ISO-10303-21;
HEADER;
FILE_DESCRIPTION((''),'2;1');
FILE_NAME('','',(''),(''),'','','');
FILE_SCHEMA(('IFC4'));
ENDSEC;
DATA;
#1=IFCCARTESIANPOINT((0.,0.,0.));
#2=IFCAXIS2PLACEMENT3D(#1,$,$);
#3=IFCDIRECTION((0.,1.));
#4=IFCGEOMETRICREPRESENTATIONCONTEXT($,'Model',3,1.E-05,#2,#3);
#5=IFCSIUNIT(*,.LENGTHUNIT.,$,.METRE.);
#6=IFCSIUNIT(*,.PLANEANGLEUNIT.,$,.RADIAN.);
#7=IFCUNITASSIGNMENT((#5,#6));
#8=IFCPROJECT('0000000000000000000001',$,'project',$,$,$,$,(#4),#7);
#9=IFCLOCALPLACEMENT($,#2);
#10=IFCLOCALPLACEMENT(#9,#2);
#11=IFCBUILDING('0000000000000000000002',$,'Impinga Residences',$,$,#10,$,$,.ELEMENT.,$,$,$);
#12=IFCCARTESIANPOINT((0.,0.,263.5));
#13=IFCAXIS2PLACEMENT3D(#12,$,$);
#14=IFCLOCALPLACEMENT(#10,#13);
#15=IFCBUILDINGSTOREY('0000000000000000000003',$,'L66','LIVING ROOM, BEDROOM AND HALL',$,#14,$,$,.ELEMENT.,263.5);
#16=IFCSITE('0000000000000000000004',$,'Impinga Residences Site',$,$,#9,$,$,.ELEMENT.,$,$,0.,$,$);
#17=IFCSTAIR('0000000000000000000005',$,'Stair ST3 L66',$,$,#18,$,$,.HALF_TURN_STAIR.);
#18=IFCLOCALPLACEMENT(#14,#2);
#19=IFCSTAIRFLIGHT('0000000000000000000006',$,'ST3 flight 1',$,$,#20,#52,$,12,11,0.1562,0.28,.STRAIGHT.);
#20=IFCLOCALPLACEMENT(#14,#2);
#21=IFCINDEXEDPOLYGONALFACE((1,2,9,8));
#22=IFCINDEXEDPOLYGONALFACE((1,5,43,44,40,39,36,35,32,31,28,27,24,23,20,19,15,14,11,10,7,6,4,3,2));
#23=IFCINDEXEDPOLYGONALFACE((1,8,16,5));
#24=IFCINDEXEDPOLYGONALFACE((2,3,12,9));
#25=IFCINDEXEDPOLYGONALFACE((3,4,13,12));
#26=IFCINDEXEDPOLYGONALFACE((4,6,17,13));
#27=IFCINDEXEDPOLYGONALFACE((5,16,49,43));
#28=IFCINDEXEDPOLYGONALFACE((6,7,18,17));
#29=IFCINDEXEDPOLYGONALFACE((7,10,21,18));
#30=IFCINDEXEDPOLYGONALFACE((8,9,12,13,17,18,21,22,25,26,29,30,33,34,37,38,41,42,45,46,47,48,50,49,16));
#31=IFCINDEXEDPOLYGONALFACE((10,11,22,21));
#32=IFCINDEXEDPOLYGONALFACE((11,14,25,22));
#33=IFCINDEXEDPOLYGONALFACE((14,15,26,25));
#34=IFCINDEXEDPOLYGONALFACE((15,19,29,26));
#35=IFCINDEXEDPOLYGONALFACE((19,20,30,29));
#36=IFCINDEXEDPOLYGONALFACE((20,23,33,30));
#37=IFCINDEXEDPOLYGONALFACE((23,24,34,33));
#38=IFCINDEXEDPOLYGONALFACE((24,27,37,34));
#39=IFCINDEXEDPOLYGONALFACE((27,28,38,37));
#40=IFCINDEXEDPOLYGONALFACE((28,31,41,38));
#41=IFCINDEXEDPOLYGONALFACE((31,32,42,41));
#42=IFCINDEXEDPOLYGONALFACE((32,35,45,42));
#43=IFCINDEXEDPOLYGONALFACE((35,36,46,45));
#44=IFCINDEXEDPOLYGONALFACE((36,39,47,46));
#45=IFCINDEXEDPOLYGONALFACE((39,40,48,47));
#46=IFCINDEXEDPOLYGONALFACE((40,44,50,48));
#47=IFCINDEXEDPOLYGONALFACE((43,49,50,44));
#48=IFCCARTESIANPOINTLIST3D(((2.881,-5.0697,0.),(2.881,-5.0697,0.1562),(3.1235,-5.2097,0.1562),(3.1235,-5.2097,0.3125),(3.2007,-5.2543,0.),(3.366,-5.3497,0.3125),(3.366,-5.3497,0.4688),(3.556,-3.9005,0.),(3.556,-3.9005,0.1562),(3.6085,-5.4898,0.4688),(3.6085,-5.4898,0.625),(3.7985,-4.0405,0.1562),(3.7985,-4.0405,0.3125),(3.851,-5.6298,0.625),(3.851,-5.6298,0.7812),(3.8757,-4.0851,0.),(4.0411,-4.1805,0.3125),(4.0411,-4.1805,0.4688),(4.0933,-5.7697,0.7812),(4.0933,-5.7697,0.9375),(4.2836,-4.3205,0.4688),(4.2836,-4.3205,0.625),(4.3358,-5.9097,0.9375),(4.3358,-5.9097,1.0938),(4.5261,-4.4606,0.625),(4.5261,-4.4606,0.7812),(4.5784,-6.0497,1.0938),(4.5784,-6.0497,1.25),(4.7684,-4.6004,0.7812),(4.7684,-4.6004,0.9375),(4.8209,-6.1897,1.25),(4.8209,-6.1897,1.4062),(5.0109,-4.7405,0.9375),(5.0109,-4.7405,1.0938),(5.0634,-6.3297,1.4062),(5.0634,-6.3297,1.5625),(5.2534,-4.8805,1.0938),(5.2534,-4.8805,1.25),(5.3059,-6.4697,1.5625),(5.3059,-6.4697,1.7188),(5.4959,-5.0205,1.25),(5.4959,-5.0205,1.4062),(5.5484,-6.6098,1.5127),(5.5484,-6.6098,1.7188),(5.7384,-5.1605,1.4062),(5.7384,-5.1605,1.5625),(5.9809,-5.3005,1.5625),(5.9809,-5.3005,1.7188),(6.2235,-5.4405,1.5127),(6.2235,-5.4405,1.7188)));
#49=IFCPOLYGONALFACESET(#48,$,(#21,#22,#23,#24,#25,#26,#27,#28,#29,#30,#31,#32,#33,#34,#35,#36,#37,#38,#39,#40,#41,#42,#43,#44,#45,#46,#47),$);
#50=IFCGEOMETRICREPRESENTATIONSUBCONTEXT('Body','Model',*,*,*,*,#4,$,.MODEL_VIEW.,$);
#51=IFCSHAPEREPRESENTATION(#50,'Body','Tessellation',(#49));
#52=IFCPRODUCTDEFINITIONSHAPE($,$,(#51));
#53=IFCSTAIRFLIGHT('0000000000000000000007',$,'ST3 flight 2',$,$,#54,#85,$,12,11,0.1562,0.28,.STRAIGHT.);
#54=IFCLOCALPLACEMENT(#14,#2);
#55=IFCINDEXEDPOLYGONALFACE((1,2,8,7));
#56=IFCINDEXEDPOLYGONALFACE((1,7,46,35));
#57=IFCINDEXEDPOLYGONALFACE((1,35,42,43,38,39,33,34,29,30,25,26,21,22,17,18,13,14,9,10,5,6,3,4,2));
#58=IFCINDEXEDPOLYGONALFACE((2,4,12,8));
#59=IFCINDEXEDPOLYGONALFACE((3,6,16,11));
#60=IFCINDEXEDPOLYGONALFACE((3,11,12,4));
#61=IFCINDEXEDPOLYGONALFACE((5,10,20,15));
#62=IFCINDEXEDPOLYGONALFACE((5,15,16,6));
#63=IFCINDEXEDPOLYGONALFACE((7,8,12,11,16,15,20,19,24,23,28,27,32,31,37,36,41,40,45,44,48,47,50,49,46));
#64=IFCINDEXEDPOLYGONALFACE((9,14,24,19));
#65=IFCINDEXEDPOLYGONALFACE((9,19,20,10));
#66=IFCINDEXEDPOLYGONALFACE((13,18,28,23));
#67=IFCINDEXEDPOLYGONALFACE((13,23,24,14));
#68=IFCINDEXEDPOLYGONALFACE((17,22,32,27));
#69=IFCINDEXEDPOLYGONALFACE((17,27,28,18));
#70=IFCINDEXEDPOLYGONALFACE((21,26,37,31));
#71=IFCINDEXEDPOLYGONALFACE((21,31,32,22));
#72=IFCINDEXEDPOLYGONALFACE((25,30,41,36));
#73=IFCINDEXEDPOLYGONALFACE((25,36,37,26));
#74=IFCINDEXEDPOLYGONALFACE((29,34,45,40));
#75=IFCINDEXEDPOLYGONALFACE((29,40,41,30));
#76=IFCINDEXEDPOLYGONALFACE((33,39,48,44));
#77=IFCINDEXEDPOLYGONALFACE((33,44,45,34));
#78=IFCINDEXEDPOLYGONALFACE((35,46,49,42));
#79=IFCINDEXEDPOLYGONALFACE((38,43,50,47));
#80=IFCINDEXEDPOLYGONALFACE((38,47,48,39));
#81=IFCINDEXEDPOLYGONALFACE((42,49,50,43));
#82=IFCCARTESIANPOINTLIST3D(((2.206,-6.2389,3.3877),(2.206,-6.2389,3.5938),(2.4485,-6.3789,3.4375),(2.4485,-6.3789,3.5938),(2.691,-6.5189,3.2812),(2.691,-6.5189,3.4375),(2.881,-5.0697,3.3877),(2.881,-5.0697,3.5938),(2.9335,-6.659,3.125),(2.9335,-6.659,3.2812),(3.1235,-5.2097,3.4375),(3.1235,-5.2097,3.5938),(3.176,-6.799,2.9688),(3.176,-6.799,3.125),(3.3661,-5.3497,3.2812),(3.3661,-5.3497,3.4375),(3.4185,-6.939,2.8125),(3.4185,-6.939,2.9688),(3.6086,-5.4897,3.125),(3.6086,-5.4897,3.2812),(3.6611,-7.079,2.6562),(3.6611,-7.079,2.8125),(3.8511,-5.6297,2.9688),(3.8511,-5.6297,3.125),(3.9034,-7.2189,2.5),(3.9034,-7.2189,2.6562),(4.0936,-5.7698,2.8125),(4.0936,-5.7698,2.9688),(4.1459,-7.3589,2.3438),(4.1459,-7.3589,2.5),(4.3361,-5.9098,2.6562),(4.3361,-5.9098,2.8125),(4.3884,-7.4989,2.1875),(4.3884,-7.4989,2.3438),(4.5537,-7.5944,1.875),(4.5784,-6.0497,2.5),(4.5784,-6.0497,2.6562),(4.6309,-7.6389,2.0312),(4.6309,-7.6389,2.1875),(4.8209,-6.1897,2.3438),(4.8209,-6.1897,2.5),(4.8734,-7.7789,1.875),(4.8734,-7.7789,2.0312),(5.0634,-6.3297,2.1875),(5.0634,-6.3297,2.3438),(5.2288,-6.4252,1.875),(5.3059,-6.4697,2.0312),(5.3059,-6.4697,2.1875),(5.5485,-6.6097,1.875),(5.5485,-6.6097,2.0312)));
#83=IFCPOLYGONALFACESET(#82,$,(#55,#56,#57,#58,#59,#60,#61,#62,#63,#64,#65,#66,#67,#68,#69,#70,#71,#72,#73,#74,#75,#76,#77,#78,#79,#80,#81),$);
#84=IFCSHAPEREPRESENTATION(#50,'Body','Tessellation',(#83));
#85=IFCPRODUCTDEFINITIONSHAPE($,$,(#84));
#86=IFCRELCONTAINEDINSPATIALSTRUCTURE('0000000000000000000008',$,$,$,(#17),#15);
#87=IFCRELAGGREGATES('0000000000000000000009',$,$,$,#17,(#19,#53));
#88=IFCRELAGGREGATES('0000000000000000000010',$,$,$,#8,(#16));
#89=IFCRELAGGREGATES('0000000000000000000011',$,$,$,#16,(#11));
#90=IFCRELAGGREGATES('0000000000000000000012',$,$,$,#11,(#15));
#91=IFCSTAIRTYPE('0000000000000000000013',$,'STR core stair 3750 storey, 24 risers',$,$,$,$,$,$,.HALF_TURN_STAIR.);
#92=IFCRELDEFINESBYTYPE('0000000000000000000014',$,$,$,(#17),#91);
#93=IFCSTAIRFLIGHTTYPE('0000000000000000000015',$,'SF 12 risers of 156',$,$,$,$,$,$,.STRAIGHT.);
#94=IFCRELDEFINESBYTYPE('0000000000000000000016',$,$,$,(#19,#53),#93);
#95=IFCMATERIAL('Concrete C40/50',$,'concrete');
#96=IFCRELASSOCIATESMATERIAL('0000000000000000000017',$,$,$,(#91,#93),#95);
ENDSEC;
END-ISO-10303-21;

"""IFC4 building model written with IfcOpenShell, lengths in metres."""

from ifc_helpers import new_model, si_unit, direction, frame, origin, place, context, subcontext, project, spatial, polyline, outline, extrude, material, type_object, element, aggregate, save


model = new_model("IFC4")

# Units and contexts
model_context = context("Model", 3, precision=1e-05, world=origin(), true_north=direction((0.0, 1.0)))
body_context = subcontext(model_context, "Body", "Model", "MODEL_VIEW")
ifc_project = project(units=[si_unit("LENGTHUNIT", "METRE"), si_unit("PLANEANGLEUNIT", "RADIAN")], contexts=[model_context])

# Site, building, storey
site_placement = place(None, origin())
site = spatial("IfcSite", under=ifc_project, at=site_placement, Name="Impinga Residences Site", CompositionType="ELEMENT", RefElevation=0.0)
building_placement = place(site_placement, origin())
building = spatial("IfcBuilding", under=site, at=building_placement, Name="Impinga Residences", CompositionType="ELEMENT")
storey_placement = place(building_placement, frame((0.0, 0.0, 263.5)))
storey = spatial("IfcBuildingStorey", under=building, at=storey_placement, Name="L66", Description="LIVING ROOM, BEDROOM AND HALL", CompositionType="ELEMENT", Elevation=263.5)

# Stair, stair flights
ifc_material_1 = material(Name="Concrete C40/50", Category="concrete")
stair_type = type_object("IfcStairType", Name="STR core stair 3750 storey, 24 risers", PredefinedType="HALF_TURN_STAIR", material=ifc_material_1)
stair_placement = place(storey_placement, origin())
stair = element("IfcStair", 1, at=stair_placement, inside=storey, type_object=stair_type, Name="Stair ST3 L66", PredefinedType="HALF_TURN_STAIR")
stair_flight_type = type_object("IfcStairFlightType", Name="SF 12 risers of 156", PredefinedType="STRAIGHT", material=ifc_material_1)
stair_flight_1_placement = place(storey_placement, frame((3.2185, -4.4851, 0.0), z_axis=(0.0, 0.0, 1.0), x_axis=(0.866025, -0.5, 0.0)))
stair_flight_1 = element("IfcStairFlight", 2, at=stair_flight_1_placement, type_object=stair_flight_type, Name="ST3 flight 1", NumberOfRisers=12, NumberOfTreads=11, PredefinedType="STRAIGHT", RiserHeight=0.1562, TreadLength=0.28, context=body_context, shape_type="SweptSolid", body=[
    extrude(outline(polyline([(0.0, 0.0), (0.0, 0.1562), (0.28, 0.1562), (0.28, 0.3125), (0.5601, 0.3125), (0.5601, 0.4688), (0.8401, 0.4688), (0.8401, 0.625), (1.1201, 0.625), (1.1201, 0.7812), (1.3999, 0.7812), (1.3999, 0.9375), (1.6799, 0.9375), (1.6799, 1.0938), (1.96, 1.0938), (1.96, 1.25), (2.24, 1.25), (2.24, 1.4062), (2.52, 1.4062), (2.52, 1.5625), (2.8, 1.5625), (2.8, 1.7188), (3.0801, 1.7188), (3.0801, 1.875), (3.0801, 1.5127), (0.3691, 0.0), (0.0, 0.0)])), frame((0.0, 0.675, 0.0), z_axis=(0.0, -1.0, 0.0), x_axis=(1.0, 0.0, 0.0)), (0.0, 0.0, 1.0), 1.3501),
])
stair_flight_2_placement = place(storey_placement, frame((5.2109, -7.1943, 1.875), z_axis=(0.0, 0.0, 1.0), x_axis=(-0.866025, 0.5, 0.0)))
stair_flight_2 = element("IfcStairFlight", 3, at=stair_flight_2_placement, type_object=stair_flight_type, Name="ST3 flight 2", NumberOfRisers=12, NumberOfTreads=11, PredefinedType="STRAIGHT", RiserHeight=0.1562, TreadLength=0.28, context=body_context, shape_type="SweptSolid", body=[
    extrude(outline(polyline([(0.0, 0.0), (0.0, 0.1562), (0.28, 0.1562), (0.28, 0.3125), (0.5601, 0.3125), (0.5601, 0.4688), (0.8401, 0.4688), (0.8401, 0.625), (1.1201, 0.625), (1.1201, 0.7812), (1.3999, 0.7812), (1.3999, 0.9375), (1.6799, 0.9375), (1.6799, 1.0938), (1.96, 1.0938), (1.96, 1.25), (2.24, 1.25), (2.24, 1.4062), (2.52, 1.4062), (2.52, 1.5625), (2.8, 1.5625), (2.8, 1.7188), (3.0801, 1.7188), (3.0801, 1.875), (3.0801, 1.5127), (0.3691, 0.0), (0.0, 0.0)])), frame((0.0, 0.675, 0.0), z_axis=(0.0, -1.0, 0.0), x_axis=(1.0, 0.0, 0.0)), (0.0, 0.0, 1.0), 1.3501),
])
aggregate(stair, [stair_flight_1, stair_flight_2])

save(model, "model.ifc")
